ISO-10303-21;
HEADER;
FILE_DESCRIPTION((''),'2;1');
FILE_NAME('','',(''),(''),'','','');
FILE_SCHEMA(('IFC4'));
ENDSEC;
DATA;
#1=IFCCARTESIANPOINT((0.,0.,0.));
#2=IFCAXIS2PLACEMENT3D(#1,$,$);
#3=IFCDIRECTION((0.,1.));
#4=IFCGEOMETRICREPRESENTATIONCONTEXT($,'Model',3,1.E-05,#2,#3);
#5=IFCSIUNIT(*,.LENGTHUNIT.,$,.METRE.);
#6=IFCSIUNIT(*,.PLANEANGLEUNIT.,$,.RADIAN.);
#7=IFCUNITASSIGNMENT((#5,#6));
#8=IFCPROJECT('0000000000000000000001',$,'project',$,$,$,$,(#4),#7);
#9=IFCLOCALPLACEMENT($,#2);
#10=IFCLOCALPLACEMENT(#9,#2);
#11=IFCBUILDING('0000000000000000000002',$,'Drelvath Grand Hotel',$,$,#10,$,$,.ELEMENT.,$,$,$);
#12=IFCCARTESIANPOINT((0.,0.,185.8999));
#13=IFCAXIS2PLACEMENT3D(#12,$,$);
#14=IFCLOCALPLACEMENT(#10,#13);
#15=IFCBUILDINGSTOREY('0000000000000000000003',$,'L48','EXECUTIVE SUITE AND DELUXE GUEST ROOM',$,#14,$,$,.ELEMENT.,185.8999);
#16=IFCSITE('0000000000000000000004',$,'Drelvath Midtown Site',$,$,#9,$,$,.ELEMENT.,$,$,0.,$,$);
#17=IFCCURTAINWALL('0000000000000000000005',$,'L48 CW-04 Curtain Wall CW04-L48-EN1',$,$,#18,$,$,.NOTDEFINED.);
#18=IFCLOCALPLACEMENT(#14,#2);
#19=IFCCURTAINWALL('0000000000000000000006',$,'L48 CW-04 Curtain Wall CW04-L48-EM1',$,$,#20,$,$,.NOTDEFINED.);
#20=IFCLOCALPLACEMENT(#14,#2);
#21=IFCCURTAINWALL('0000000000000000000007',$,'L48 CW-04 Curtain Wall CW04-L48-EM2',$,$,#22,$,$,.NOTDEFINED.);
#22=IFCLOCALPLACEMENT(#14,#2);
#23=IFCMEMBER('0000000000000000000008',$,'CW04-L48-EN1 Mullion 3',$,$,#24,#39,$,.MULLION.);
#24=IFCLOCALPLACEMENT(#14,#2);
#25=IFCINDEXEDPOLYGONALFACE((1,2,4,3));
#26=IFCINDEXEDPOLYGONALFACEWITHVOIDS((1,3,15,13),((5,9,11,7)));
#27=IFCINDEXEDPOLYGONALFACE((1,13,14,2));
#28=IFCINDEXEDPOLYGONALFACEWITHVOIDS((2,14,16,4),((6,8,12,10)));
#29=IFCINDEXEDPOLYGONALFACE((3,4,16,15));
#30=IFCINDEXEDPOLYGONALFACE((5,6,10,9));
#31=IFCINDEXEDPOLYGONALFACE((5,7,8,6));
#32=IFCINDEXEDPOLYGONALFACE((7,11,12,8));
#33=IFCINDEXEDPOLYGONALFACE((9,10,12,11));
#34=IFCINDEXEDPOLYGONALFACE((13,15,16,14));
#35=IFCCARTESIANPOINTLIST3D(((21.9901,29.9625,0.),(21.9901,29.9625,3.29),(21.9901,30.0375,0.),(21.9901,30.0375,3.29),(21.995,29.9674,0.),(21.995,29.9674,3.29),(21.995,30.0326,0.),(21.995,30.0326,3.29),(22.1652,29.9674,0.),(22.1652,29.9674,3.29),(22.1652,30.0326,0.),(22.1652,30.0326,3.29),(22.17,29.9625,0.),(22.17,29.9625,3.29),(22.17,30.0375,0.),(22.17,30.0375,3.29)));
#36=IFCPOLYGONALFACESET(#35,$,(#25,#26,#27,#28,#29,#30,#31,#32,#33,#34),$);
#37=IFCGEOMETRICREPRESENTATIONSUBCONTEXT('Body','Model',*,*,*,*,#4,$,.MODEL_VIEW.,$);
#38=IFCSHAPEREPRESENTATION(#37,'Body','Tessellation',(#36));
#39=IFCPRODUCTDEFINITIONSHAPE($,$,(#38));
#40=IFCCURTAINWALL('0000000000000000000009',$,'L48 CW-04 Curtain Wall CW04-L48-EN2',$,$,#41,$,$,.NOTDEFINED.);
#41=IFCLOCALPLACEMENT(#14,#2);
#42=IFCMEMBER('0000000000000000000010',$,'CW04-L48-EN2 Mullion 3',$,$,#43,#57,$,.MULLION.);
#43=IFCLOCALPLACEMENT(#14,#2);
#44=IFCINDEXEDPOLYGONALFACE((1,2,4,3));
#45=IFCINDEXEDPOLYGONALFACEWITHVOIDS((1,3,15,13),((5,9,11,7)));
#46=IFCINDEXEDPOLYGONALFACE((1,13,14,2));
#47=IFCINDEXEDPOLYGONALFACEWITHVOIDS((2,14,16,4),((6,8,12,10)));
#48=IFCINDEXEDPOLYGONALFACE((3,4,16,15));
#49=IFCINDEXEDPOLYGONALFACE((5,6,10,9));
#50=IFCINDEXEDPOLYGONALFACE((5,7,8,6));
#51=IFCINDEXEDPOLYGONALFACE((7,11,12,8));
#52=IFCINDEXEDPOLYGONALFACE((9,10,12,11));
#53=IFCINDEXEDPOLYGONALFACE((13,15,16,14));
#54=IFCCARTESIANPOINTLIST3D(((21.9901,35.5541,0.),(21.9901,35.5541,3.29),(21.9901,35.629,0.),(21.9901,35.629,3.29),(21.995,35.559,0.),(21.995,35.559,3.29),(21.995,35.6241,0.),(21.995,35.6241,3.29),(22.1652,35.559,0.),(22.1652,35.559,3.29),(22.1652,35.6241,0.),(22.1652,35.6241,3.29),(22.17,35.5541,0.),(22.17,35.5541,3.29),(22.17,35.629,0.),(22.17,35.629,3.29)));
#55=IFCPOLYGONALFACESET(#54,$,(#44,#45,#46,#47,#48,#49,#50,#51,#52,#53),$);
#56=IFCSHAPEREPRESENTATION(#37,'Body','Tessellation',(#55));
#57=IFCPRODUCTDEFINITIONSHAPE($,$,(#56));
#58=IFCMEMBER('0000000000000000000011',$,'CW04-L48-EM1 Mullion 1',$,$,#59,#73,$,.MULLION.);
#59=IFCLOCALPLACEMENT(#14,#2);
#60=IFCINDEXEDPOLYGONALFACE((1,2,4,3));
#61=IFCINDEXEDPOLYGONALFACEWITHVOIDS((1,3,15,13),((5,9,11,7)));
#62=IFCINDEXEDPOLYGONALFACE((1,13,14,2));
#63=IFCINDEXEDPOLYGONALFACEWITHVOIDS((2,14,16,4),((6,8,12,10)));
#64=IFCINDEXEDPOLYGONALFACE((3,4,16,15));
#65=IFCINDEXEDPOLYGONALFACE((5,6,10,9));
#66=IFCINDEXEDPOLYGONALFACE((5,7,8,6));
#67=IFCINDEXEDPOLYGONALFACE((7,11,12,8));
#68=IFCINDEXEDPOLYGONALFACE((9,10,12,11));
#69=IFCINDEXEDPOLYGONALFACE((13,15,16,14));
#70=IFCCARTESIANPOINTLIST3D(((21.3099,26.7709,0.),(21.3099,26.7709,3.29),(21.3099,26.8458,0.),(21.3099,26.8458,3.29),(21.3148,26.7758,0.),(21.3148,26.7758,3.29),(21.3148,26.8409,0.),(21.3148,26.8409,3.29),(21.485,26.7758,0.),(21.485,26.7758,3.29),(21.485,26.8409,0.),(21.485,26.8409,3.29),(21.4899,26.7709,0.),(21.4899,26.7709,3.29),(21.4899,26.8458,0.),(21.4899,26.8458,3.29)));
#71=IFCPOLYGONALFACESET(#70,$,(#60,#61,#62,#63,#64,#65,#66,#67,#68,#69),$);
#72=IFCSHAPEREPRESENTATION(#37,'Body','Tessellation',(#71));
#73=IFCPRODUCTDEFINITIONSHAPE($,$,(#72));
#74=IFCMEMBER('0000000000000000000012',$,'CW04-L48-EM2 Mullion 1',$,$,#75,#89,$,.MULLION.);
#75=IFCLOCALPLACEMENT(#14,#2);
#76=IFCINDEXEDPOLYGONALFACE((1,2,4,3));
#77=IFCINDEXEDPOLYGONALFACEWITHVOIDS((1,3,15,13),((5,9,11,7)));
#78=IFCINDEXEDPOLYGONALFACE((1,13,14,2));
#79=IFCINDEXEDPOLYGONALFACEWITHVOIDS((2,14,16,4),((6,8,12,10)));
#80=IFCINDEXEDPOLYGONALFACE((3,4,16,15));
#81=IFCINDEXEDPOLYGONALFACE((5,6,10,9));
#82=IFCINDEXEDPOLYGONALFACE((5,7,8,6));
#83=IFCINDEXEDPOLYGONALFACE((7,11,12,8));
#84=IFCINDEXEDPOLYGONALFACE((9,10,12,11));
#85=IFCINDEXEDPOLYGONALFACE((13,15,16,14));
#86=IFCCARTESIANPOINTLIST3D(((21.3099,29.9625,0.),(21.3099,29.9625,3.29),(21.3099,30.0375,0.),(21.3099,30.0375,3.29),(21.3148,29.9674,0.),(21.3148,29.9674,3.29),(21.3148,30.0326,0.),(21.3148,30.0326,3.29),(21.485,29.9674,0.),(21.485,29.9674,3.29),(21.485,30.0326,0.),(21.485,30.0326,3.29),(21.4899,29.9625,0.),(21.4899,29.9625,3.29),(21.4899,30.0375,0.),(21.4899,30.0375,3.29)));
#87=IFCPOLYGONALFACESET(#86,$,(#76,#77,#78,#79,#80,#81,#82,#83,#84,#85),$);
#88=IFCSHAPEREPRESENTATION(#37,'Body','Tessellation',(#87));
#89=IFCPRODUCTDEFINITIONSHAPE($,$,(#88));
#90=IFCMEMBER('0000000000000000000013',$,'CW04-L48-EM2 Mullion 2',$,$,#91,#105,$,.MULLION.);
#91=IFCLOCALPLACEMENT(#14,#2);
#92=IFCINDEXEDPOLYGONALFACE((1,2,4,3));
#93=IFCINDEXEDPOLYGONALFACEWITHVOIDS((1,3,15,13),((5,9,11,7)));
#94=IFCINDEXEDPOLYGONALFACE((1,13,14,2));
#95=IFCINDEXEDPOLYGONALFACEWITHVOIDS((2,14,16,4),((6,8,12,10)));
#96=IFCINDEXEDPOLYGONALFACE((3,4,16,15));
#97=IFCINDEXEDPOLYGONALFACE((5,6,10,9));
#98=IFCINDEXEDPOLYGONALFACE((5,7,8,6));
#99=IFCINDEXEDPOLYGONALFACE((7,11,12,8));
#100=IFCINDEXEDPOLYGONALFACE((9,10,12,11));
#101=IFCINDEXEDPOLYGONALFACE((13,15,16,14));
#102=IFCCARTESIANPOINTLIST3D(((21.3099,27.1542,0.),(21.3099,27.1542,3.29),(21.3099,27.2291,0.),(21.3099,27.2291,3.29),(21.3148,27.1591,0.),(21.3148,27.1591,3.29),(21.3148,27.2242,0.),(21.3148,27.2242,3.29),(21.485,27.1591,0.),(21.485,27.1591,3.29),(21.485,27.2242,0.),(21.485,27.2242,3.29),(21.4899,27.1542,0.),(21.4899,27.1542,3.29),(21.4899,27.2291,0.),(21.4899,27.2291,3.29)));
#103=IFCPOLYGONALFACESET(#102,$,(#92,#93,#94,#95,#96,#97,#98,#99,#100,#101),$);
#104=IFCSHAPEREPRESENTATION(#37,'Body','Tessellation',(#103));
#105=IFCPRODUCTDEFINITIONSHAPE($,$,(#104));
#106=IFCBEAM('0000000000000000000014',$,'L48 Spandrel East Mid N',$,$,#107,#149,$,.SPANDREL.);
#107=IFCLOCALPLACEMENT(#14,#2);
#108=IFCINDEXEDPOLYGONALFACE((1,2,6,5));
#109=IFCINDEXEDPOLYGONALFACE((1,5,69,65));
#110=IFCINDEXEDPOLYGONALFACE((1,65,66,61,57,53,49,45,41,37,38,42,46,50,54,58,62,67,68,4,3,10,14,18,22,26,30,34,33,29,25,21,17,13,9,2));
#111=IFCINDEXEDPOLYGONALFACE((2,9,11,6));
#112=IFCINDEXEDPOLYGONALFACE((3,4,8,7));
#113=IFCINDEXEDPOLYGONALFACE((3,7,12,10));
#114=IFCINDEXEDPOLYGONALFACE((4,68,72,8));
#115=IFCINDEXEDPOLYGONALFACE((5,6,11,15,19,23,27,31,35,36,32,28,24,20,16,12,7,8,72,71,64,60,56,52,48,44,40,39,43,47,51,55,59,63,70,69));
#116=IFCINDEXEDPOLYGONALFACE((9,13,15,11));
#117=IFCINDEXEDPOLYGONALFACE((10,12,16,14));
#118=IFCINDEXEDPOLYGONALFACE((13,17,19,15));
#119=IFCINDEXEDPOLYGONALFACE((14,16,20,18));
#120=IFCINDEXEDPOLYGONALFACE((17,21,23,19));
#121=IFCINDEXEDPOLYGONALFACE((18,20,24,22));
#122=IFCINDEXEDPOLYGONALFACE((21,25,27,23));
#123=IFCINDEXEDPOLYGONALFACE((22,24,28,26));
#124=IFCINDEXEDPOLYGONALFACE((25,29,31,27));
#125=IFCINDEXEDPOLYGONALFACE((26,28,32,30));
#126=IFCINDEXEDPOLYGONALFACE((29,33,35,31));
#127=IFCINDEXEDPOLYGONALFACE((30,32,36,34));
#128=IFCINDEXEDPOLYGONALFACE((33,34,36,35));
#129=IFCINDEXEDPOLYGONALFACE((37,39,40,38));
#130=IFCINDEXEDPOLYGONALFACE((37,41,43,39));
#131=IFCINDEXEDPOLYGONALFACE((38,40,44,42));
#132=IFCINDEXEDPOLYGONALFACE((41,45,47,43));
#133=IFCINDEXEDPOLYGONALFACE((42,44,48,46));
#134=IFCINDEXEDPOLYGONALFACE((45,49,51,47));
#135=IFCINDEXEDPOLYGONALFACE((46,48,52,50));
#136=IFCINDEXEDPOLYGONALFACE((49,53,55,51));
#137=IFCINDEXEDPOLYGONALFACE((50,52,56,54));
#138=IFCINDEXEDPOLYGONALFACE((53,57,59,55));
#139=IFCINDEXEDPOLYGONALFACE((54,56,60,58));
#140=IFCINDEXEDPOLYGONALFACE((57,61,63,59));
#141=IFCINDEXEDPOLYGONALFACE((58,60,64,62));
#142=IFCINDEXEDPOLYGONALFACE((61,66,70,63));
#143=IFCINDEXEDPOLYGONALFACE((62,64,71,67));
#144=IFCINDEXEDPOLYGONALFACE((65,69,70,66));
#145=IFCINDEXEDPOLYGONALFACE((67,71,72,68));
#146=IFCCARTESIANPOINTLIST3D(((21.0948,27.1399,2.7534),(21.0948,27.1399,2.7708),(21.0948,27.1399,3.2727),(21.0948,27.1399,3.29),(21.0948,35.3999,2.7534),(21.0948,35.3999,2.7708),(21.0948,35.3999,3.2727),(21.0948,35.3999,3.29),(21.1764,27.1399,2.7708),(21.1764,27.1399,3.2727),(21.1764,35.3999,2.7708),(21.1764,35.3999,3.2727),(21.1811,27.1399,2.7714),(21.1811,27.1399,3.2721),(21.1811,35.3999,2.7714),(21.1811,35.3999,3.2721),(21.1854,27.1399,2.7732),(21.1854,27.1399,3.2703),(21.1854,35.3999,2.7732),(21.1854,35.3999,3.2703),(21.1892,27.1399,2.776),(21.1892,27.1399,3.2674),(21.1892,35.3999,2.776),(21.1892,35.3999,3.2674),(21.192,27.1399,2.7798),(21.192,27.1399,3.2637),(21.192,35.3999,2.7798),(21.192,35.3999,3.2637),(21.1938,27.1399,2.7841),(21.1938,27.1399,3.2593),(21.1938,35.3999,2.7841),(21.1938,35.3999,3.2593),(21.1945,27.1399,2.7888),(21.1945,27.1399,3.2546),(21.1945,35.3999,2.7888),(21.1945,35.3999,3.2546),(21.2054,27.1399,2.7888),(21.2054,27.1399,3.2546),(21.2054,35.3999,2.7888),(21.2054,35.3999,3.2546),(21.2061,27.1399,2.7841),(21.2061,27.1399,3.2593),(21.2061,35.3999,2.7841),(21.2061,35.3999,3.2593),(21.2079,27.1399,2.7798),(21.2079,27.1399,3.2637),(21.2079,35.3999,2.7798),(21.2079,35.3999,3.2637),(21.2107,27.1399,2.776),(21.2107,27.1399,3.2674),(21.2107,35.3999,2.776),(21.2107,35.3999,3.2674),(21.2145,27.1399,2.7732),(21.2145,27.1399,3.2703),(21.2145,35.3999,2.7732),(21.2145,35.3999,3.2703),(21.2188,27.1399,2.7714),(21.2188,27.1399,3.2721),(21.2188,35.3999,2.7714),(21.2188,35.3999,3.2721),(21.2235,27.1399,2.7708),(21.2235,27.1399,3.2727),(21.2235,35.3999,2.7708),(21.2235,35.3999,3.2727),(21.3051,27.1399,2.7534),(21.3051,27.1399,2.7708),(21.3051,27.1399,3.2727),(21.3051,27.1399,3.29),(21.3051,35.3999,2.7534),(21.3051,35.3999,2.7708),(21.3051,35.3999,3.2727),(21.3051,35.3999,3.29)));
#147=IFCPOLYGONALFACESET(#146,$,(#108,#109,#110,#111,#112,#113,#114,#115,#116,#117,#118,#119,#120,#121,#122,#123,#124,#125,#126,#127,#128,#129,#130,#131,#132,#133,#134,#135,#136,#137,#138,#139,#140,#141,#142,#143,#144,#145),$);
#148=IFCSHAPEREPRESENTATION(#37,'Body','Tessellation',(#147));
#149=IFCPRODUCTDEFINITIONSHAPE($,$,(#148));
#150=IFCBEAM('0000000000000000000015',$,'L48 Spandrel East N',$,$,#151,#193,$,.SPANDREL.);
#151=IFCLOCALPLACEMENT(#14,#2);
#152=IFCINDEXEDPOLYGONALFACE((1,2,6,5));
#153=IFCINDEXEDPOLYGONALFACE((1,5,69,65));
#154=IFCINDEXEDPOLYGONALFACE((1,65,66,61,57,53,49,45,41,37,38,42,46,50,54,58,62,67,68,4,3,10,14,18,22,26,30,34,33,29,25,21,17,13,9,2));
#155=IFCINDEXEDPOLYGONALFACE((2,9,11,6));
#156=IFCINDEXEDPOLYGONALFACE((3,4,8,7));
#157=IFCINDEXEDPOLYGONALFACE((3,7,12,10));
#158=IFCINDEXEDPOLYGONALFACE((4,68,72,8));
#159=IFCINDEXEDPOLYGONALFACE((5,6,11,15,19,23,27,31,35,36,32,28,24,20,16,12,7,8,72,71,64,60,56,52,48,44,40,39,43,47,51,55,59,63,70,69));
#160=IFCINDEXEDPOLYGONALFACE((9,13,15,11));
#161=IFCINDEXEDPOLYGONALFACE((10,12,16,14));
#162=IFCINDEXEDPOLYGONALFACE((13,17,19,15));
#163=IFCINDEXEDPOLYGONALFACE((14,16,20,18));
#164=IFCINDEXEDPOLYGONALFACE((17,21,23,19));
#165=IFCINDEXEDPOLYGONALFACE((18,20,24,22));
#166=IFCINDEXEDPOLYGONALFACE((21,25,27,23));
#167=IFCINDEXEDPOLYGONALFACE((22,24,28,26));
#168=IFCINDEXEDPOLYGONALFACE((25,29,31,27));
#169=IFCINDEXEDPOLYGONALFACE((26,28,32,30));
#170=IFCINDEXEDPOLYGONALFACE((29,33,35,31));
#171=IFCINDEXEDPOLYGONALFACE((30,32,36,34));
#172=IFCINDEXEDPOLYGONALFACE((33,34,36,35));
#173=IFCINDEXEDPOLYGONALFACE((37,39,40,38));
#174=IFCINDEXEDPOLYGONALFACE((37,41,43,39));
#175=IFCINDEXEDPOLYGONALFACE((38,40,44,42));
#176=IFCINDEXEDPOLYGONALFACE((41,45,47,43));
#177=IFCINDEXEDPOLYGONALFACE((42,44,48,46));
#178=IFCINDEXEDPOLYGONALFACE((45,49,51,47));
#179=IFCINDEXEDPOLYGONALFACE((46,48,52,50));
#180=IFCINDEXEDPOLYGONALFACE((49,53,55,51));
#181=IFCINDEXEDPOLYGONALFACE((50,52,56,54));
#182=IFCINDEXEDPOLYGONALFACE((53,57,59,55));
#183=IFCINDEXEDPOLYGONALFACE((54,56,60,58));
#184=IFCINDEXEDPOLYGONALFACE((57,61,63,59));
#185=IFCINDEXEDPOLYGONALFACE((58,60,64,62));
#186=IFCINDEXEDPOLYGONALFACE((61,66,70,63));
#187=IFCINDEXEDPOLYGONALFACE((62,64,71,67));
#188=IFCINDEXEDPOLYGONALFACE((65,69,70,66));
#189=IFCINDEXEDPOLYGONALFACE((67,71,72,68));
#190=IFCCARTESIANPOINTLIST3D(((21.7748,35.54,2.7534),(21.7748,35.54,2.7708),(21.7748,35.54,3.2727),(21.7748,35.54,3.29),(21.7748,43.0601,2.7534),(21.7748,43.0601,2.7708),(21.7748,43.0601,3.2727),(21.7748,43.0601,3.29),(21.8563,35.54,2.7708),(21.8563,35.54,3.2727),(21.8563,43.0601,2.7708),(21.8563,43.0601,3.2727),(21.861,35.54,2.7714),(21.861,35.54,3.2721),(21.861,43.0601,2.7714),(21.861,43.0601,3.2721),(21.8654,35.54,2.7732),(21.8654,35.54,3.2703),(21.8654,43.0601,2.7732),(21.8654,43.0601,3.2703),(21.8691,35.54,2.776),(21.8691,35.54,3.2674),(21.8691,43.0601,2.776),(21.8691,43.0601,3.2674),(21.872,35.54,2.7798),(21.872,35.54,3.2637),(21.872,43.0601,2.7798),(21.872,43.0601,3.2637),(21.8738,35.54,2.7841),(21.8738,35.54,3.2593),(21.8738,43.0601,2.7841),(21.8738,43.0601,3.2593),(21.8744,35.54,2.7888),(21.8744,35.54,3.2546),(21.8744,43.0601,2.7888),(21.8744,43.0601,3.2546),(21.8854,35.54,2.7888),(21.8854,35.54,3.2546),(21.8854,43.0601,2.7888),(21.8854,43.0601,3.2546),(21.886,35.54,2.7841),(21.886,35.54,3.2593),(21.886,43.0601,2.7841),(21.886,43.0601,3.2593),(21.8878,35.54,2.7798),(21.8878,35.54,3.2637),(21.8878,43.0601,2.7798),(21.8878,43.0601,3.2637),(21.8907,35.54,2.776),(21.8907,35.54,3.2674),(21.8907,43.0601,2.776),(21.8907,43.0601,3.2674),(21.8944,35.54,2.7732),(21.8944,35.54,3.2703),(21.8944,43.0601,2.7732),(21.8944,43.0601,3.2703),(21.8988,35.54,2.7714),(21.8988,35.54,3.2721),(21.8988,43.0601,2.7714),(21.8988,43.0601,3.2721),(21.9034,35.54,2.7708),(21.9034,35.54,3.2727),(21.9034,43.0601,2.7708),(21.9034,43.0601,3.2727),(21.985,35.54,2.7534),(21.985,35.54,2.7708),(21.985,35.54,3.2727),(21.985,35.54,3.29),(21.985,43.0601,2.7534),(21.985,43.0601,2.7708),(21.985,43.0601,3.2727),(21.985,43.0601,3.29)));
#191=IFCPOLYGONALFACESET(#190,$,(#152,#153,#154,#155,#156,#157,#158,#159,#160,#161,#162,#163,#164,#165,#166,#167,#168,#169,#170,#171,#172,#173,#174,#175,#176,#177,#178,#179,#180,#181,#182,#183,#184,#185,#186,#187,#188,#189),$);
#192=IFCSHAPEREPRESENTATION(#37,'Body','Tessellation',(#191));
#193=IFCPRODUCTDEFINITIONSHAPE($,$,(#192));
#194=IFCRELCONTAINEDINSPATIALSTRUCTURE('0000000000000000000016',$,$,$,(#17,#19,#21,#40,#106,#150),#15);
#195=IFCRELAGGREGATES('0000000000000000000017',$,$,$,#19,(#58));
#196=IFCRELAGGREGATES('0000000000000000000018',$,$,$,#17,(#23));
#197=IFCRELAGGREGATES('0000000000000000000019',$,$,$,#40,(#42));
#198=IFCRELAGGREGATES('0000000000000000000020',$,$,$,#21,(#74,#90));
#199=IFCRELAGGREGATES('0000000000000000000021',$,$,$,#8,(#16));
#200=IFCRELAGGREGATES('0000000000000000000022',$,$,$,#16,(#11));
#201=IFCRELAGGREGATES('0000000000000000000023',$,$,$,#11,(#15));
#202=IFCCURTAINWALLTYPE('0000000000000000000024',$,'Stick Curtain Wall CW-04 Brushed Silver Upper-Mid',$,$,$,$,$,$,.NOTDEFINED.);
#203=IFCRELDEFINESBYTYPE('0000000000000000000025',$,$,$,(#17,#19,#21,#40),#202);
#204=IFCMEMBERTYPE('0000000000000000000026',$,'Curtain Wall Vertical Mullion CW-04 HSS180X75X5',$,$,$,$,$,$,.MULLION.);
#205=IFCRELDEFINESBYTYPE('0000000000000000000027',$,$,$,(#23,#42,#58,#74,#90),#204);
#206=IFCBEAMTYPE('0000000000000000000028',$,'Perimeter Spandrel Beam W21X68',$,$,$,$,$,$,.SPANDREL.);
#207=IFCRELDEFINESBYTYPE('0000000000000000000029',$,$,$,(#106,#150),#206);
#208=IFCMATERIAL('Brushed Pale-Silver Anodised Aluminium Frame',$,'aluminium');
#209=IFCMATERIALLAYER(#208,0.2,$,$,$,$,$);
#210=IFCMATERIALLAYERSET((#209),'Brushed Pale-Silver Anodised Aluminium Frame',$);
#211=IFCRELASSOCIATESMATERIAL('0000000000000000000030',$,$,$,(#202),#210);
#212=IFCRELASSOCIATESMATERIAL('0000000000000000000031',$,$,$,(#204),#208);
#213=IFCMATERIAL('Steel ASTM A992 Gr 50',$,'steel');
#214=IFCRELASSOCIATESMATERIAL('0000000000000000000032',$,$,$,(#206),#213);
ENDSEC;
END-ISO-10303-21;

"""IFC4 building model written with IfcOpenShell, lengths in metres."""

from ifc_helpers import new_model, si_unit, direction, frame, origin, origin_2d, place, context, subcontext, project, spatial, hollow_rectangle, i_section, extrude, material, layer, layer_set, material_profile, profile_set, type_object, element, aggregate, save


model = new_model("IFC4")

# Units and contexts
model_context = context("Model", 3, precision=1e-05, world=origin(), true_north=direction((0.0, 1.0)))
body_context = subcontext(model_context, "Body", "Model", "MODEL_VIEW")
ifc_project = project(units=[si_unit("LENGTHUNIT", "METRE"), si_unit("PLANEANGLEUNIT", "RADIAN")], contexts=[model_context])

# Site, building, storey
site_placement = place(None, origin())
site = spatial("IfcSite", under=ifc_project, at=site_placement, Name="Drelvath Midtown Site", CompositionType="ELEMENT", RefElevation=0.0)
building_placement = place(site_placement, origin())
building = spatial("IfcBuilding", under=site, at=building_placement, Name="Drelvath Grand Hotel", CompositionType="ELEMENT")
storey_placement = place(building_placement, frame((0.0, 0.0, 185.8999)))
storey = spatial("IfcBuildingStorey", under=building, at=storey_placement, Name="L48", Description="EXECUTIVE SUITE AND DELUXE GUEST ROOM", CompositionType="ELEMENT", Elevation=185.8999)

# Curtain walls
ifc_material_1 = material(Name="Brushed Pale-Silver Anodised Aluminium Frame", Category="aluminium")
ifc_layer_1 = layer(ifc_material_1, 0.2)
ifc_layer_set_1 = layer_set([ifc_layer_1], Name="Brushed Pale-Silver Anodised Aluminium Frame")
curtain_wall_type = type_object("IfcCurtainWallType", Name="Stick Curtain Wall CW-04 Brushed Silver Upper-Mid", PredefinedType="NOTDEFINED", material=ifc_layer_set_1)
curtain_wall_1_placement = place(storey_placement, origin())
curtain_wall_1 = element("IfcCurtainWall", 1, at=curtain_wall_1_placement, inside=storey, type_object=curtain_wall_type, Name="L48 CW-04 Curtain Wall CW04-L48-EN1", PredefinedType="NOTDEFINED")
curtain_wall_2_placement = place(storey_placement, origin())
curtain_wall_2 = element("IfcCurtainWall", 2, at=curtain_wall_2_placement, inside=storey, type_object=curtain_wall_type, Name="L48 CW-04 Curtain Wall CW04-L48-EM1", PredefinedType="NOTDEFINED")
curtain_wall_3_placement = place(storey_placement, origin())
curtain_wall_3 = element("IfcCurtainWall", 3, at=curtain_wall_3_placement, inside=storey, type_object=curtain_wall_type, Name="L48 CW-04 Curtain Wall CW04-L48-EM2", PredefinedType="NOTDEFINED")

# Member
ifc_material_profile_1 = material_profile(ifc_material_1, hollow_rectangle(XDim=0.075, YDim=0.1799, WallThickness=0.0049, at=origin_2d()), Name="HSS180X75X5")
ifc_profile_set_1 = profile_set([ifc_material_profile_1], Name="Brushed Pale-Silver Anodised Aluminium Frame")
member_type_1 = type_object("IfcMemberType", Name="Curtain Wall Vertical Mullion CW-04 HSS180X75X5", PredefinedType="MULLION", material=ifc_profile_set_1)
member_1_placement = place(storey_placement, frame((22.0801, 30.0, 0.0), z_axis=(0.0, 0.0, 1.0), x_axis=(0.0, 1.0, 0.0)))
member_1 = element("IfcMember", 4, at=member_1_placement, type_object=member_type_1, Name="CW04-L48-EN1 Mullion 3", PredefinedType="MULLION", context=body_context, shape_type="SweptSolid", body=[
    extrude(hollow_rectangle(XDim=0.075, YDim=0.1799, WallThickness=0.0049, at=origin_2d()), origin(), (0.0, 0.0, 1.0), 3.29),
])

# Curtain wall, member
curtain_wall_4_placement = place(storey_placement, origin())
curtain_wall_4 = element("IfcCurtainWall", 5, at=curtain_wall_4_placement, inside=storey, type_object=curtain_wall_type, Name="L48 CW-04 Curtain Wall CW04-L48-EN2", PredefinedType="NOTDEFINED")
member_2_placement = place(storey_placement, frame((22.0801, 35.5916, 0.0), z_axis=(0.0, 0.0, 1.0), x_axis=(0.0, 1.0, 0.0)))
member_2 = element("IfcMember", 6, at=member_2_placement, type_object=member_type_1, Name="CW04-L48-EN2 Mullion 3", PredefinedType="MULLION", context=body_context, shape_type="SweptSolid", body=[
    extrude(hollow_rectangle(XDim=0.075, YDim=0.1799, WallThickness=0.0049, at=origin_2d()), origin(), (0.0, 0.0, 1.0), 3.29),
])

# Members
member_3_placement = place(storey_placement, frame((21.3999, 26.8083, 0.0), z_axis=(0.0, 0.0, 1.0), x_axis=(0.0, 1.0, 0.0)))
member_3 = element("IfcMember", 7, at=member_3_placement, type_object=member_type_1, Name="CW04-L48-EM1 Mullion 1", PredefinedType="MULLION", context=body_context, shape_type="SweptSolid", body=[
    extrude(hollow_rectangle(XDim=0.075, YDim=0.1799, WallThickness=0.0049, at=origin_2d()), origin(), (0.0, 0.0, 1.0), 3.29),
])
aggregate(curtain_wall_2, [member_3])
member_4_placement = place(storey_placement, frame((21.3999, 30.0, 0.0), z_axis=(0.0, 0.0, 1.0), x_axis=(0.0, 1.0, 0.0)))
member_4 = element("IfcMember", 8, at=member_4_placement, type_object=member_type_1, Name="CW04-L48-EM2 Mullion 1", PredefinedType="MULLION", context=body_context, shape_type="SweptSolid", body=[
    extrude(hollow_rectangle(XDim=0.075, YDim=0.1799, WallThickness=0.0049, at=origin_2d()), origin(), (0.0, 0.0, 1.0), 3.29),
])
member_5_placement = place(storey_placement, frame((21.3999, 27.1917, 0.0), z_axis=(0.0, 0.0, 1.0), x_axis=(0.0, 1.0, 0.0)))
member_5 = element("IfcMember", 9, at=member_5_placement, type_object=member_type_1, Name="CW04-L48-EM2 Mullion 2", PredefinedType="MULLION", context=body_context, shape_type="SweptSolid", body=[
    extrude(hollow_rectangle(XDim=0.075, YDim=0.1799, WallThickness=0.0049, at=origin_2d()), origin(), (0.0, 0.0, 1.0), 3.29),
])

# Beams
ifc_material_2 = material(Name="Steel ASTM A992 Gr 50", Category="steel")
ifc_material_profile_2 = material_profile(ifc_material_2, i_section(OverallWidth=0.2102, OverallDepth=0.5366, WebThickness=0.011, FlangeThickness=0.0173, FilletRadius=0.0181, at=origin_2d()), Name="W21X68")
ifc_profile_set_2 = profile_set([ifc_material_profile_2], Name="Steel ASTM A992 Gr 50")
beam_type_1 = type_object("IfcBeamType", Name="Perimeter Spandrel Beam W21X68", PredefinedType="SPANDREL", material=ifc_profile_set_2)
beam_1_placement = place(storey_placement, frame((21.2, 27.1399, 3.0217), z_axis=(0.0, 1.0, 0.0), x_axis=(-1.0, 0.0, 0.0)))
element("IfcBeam", 10, at=beam_1_placement, inside=storey, type_object=beam_type_1, Name="L48 Spandrel East Mid N", PredefinedType="SPANDREL", context=body_context, shape_type="SweptSolid", body=[
    extrude(i_section(OverallWidth=0.2102, OverallDepth=0.5366, WebThickness=0.011, FlangeThickness=0.0173, FilletRadius=0.0181, at=origin_2d()), origin(), (0.0, 0.0, 1.0), 8.26),
])
beam_2_placement = place(storey_placement, frame((21.8799, 35.54, 3.0217), z_axis=(0.0, 1.0, 0.0), x_axis=(-1.0, 0.0, 0.0)))
element("IfcBeam", 11, at=beam_2_placement, inside=storey, type_object=beam_type_1, Name="L48 Spandrel East N", PredefinedType="SPANDREL", context=body_context, shape_type="SweptSolid", body=[
    extrude(i_section(OverallWidth=0.2102, OverallDepth=0.5366, WebThickness=0.011, FlangeThickness=0.0173, FilletRadius=0.0181, at=origin_2d()), origin(), (0.0, 0.0, 1.0), 7.52),
])

aggregate(curtain_wall_1, [member_1])
aggregate(curtain_wall_4, [member_2])
aggregate(curtain_wall_3, [member_4, member_5])

save(model, "model.ifc")
